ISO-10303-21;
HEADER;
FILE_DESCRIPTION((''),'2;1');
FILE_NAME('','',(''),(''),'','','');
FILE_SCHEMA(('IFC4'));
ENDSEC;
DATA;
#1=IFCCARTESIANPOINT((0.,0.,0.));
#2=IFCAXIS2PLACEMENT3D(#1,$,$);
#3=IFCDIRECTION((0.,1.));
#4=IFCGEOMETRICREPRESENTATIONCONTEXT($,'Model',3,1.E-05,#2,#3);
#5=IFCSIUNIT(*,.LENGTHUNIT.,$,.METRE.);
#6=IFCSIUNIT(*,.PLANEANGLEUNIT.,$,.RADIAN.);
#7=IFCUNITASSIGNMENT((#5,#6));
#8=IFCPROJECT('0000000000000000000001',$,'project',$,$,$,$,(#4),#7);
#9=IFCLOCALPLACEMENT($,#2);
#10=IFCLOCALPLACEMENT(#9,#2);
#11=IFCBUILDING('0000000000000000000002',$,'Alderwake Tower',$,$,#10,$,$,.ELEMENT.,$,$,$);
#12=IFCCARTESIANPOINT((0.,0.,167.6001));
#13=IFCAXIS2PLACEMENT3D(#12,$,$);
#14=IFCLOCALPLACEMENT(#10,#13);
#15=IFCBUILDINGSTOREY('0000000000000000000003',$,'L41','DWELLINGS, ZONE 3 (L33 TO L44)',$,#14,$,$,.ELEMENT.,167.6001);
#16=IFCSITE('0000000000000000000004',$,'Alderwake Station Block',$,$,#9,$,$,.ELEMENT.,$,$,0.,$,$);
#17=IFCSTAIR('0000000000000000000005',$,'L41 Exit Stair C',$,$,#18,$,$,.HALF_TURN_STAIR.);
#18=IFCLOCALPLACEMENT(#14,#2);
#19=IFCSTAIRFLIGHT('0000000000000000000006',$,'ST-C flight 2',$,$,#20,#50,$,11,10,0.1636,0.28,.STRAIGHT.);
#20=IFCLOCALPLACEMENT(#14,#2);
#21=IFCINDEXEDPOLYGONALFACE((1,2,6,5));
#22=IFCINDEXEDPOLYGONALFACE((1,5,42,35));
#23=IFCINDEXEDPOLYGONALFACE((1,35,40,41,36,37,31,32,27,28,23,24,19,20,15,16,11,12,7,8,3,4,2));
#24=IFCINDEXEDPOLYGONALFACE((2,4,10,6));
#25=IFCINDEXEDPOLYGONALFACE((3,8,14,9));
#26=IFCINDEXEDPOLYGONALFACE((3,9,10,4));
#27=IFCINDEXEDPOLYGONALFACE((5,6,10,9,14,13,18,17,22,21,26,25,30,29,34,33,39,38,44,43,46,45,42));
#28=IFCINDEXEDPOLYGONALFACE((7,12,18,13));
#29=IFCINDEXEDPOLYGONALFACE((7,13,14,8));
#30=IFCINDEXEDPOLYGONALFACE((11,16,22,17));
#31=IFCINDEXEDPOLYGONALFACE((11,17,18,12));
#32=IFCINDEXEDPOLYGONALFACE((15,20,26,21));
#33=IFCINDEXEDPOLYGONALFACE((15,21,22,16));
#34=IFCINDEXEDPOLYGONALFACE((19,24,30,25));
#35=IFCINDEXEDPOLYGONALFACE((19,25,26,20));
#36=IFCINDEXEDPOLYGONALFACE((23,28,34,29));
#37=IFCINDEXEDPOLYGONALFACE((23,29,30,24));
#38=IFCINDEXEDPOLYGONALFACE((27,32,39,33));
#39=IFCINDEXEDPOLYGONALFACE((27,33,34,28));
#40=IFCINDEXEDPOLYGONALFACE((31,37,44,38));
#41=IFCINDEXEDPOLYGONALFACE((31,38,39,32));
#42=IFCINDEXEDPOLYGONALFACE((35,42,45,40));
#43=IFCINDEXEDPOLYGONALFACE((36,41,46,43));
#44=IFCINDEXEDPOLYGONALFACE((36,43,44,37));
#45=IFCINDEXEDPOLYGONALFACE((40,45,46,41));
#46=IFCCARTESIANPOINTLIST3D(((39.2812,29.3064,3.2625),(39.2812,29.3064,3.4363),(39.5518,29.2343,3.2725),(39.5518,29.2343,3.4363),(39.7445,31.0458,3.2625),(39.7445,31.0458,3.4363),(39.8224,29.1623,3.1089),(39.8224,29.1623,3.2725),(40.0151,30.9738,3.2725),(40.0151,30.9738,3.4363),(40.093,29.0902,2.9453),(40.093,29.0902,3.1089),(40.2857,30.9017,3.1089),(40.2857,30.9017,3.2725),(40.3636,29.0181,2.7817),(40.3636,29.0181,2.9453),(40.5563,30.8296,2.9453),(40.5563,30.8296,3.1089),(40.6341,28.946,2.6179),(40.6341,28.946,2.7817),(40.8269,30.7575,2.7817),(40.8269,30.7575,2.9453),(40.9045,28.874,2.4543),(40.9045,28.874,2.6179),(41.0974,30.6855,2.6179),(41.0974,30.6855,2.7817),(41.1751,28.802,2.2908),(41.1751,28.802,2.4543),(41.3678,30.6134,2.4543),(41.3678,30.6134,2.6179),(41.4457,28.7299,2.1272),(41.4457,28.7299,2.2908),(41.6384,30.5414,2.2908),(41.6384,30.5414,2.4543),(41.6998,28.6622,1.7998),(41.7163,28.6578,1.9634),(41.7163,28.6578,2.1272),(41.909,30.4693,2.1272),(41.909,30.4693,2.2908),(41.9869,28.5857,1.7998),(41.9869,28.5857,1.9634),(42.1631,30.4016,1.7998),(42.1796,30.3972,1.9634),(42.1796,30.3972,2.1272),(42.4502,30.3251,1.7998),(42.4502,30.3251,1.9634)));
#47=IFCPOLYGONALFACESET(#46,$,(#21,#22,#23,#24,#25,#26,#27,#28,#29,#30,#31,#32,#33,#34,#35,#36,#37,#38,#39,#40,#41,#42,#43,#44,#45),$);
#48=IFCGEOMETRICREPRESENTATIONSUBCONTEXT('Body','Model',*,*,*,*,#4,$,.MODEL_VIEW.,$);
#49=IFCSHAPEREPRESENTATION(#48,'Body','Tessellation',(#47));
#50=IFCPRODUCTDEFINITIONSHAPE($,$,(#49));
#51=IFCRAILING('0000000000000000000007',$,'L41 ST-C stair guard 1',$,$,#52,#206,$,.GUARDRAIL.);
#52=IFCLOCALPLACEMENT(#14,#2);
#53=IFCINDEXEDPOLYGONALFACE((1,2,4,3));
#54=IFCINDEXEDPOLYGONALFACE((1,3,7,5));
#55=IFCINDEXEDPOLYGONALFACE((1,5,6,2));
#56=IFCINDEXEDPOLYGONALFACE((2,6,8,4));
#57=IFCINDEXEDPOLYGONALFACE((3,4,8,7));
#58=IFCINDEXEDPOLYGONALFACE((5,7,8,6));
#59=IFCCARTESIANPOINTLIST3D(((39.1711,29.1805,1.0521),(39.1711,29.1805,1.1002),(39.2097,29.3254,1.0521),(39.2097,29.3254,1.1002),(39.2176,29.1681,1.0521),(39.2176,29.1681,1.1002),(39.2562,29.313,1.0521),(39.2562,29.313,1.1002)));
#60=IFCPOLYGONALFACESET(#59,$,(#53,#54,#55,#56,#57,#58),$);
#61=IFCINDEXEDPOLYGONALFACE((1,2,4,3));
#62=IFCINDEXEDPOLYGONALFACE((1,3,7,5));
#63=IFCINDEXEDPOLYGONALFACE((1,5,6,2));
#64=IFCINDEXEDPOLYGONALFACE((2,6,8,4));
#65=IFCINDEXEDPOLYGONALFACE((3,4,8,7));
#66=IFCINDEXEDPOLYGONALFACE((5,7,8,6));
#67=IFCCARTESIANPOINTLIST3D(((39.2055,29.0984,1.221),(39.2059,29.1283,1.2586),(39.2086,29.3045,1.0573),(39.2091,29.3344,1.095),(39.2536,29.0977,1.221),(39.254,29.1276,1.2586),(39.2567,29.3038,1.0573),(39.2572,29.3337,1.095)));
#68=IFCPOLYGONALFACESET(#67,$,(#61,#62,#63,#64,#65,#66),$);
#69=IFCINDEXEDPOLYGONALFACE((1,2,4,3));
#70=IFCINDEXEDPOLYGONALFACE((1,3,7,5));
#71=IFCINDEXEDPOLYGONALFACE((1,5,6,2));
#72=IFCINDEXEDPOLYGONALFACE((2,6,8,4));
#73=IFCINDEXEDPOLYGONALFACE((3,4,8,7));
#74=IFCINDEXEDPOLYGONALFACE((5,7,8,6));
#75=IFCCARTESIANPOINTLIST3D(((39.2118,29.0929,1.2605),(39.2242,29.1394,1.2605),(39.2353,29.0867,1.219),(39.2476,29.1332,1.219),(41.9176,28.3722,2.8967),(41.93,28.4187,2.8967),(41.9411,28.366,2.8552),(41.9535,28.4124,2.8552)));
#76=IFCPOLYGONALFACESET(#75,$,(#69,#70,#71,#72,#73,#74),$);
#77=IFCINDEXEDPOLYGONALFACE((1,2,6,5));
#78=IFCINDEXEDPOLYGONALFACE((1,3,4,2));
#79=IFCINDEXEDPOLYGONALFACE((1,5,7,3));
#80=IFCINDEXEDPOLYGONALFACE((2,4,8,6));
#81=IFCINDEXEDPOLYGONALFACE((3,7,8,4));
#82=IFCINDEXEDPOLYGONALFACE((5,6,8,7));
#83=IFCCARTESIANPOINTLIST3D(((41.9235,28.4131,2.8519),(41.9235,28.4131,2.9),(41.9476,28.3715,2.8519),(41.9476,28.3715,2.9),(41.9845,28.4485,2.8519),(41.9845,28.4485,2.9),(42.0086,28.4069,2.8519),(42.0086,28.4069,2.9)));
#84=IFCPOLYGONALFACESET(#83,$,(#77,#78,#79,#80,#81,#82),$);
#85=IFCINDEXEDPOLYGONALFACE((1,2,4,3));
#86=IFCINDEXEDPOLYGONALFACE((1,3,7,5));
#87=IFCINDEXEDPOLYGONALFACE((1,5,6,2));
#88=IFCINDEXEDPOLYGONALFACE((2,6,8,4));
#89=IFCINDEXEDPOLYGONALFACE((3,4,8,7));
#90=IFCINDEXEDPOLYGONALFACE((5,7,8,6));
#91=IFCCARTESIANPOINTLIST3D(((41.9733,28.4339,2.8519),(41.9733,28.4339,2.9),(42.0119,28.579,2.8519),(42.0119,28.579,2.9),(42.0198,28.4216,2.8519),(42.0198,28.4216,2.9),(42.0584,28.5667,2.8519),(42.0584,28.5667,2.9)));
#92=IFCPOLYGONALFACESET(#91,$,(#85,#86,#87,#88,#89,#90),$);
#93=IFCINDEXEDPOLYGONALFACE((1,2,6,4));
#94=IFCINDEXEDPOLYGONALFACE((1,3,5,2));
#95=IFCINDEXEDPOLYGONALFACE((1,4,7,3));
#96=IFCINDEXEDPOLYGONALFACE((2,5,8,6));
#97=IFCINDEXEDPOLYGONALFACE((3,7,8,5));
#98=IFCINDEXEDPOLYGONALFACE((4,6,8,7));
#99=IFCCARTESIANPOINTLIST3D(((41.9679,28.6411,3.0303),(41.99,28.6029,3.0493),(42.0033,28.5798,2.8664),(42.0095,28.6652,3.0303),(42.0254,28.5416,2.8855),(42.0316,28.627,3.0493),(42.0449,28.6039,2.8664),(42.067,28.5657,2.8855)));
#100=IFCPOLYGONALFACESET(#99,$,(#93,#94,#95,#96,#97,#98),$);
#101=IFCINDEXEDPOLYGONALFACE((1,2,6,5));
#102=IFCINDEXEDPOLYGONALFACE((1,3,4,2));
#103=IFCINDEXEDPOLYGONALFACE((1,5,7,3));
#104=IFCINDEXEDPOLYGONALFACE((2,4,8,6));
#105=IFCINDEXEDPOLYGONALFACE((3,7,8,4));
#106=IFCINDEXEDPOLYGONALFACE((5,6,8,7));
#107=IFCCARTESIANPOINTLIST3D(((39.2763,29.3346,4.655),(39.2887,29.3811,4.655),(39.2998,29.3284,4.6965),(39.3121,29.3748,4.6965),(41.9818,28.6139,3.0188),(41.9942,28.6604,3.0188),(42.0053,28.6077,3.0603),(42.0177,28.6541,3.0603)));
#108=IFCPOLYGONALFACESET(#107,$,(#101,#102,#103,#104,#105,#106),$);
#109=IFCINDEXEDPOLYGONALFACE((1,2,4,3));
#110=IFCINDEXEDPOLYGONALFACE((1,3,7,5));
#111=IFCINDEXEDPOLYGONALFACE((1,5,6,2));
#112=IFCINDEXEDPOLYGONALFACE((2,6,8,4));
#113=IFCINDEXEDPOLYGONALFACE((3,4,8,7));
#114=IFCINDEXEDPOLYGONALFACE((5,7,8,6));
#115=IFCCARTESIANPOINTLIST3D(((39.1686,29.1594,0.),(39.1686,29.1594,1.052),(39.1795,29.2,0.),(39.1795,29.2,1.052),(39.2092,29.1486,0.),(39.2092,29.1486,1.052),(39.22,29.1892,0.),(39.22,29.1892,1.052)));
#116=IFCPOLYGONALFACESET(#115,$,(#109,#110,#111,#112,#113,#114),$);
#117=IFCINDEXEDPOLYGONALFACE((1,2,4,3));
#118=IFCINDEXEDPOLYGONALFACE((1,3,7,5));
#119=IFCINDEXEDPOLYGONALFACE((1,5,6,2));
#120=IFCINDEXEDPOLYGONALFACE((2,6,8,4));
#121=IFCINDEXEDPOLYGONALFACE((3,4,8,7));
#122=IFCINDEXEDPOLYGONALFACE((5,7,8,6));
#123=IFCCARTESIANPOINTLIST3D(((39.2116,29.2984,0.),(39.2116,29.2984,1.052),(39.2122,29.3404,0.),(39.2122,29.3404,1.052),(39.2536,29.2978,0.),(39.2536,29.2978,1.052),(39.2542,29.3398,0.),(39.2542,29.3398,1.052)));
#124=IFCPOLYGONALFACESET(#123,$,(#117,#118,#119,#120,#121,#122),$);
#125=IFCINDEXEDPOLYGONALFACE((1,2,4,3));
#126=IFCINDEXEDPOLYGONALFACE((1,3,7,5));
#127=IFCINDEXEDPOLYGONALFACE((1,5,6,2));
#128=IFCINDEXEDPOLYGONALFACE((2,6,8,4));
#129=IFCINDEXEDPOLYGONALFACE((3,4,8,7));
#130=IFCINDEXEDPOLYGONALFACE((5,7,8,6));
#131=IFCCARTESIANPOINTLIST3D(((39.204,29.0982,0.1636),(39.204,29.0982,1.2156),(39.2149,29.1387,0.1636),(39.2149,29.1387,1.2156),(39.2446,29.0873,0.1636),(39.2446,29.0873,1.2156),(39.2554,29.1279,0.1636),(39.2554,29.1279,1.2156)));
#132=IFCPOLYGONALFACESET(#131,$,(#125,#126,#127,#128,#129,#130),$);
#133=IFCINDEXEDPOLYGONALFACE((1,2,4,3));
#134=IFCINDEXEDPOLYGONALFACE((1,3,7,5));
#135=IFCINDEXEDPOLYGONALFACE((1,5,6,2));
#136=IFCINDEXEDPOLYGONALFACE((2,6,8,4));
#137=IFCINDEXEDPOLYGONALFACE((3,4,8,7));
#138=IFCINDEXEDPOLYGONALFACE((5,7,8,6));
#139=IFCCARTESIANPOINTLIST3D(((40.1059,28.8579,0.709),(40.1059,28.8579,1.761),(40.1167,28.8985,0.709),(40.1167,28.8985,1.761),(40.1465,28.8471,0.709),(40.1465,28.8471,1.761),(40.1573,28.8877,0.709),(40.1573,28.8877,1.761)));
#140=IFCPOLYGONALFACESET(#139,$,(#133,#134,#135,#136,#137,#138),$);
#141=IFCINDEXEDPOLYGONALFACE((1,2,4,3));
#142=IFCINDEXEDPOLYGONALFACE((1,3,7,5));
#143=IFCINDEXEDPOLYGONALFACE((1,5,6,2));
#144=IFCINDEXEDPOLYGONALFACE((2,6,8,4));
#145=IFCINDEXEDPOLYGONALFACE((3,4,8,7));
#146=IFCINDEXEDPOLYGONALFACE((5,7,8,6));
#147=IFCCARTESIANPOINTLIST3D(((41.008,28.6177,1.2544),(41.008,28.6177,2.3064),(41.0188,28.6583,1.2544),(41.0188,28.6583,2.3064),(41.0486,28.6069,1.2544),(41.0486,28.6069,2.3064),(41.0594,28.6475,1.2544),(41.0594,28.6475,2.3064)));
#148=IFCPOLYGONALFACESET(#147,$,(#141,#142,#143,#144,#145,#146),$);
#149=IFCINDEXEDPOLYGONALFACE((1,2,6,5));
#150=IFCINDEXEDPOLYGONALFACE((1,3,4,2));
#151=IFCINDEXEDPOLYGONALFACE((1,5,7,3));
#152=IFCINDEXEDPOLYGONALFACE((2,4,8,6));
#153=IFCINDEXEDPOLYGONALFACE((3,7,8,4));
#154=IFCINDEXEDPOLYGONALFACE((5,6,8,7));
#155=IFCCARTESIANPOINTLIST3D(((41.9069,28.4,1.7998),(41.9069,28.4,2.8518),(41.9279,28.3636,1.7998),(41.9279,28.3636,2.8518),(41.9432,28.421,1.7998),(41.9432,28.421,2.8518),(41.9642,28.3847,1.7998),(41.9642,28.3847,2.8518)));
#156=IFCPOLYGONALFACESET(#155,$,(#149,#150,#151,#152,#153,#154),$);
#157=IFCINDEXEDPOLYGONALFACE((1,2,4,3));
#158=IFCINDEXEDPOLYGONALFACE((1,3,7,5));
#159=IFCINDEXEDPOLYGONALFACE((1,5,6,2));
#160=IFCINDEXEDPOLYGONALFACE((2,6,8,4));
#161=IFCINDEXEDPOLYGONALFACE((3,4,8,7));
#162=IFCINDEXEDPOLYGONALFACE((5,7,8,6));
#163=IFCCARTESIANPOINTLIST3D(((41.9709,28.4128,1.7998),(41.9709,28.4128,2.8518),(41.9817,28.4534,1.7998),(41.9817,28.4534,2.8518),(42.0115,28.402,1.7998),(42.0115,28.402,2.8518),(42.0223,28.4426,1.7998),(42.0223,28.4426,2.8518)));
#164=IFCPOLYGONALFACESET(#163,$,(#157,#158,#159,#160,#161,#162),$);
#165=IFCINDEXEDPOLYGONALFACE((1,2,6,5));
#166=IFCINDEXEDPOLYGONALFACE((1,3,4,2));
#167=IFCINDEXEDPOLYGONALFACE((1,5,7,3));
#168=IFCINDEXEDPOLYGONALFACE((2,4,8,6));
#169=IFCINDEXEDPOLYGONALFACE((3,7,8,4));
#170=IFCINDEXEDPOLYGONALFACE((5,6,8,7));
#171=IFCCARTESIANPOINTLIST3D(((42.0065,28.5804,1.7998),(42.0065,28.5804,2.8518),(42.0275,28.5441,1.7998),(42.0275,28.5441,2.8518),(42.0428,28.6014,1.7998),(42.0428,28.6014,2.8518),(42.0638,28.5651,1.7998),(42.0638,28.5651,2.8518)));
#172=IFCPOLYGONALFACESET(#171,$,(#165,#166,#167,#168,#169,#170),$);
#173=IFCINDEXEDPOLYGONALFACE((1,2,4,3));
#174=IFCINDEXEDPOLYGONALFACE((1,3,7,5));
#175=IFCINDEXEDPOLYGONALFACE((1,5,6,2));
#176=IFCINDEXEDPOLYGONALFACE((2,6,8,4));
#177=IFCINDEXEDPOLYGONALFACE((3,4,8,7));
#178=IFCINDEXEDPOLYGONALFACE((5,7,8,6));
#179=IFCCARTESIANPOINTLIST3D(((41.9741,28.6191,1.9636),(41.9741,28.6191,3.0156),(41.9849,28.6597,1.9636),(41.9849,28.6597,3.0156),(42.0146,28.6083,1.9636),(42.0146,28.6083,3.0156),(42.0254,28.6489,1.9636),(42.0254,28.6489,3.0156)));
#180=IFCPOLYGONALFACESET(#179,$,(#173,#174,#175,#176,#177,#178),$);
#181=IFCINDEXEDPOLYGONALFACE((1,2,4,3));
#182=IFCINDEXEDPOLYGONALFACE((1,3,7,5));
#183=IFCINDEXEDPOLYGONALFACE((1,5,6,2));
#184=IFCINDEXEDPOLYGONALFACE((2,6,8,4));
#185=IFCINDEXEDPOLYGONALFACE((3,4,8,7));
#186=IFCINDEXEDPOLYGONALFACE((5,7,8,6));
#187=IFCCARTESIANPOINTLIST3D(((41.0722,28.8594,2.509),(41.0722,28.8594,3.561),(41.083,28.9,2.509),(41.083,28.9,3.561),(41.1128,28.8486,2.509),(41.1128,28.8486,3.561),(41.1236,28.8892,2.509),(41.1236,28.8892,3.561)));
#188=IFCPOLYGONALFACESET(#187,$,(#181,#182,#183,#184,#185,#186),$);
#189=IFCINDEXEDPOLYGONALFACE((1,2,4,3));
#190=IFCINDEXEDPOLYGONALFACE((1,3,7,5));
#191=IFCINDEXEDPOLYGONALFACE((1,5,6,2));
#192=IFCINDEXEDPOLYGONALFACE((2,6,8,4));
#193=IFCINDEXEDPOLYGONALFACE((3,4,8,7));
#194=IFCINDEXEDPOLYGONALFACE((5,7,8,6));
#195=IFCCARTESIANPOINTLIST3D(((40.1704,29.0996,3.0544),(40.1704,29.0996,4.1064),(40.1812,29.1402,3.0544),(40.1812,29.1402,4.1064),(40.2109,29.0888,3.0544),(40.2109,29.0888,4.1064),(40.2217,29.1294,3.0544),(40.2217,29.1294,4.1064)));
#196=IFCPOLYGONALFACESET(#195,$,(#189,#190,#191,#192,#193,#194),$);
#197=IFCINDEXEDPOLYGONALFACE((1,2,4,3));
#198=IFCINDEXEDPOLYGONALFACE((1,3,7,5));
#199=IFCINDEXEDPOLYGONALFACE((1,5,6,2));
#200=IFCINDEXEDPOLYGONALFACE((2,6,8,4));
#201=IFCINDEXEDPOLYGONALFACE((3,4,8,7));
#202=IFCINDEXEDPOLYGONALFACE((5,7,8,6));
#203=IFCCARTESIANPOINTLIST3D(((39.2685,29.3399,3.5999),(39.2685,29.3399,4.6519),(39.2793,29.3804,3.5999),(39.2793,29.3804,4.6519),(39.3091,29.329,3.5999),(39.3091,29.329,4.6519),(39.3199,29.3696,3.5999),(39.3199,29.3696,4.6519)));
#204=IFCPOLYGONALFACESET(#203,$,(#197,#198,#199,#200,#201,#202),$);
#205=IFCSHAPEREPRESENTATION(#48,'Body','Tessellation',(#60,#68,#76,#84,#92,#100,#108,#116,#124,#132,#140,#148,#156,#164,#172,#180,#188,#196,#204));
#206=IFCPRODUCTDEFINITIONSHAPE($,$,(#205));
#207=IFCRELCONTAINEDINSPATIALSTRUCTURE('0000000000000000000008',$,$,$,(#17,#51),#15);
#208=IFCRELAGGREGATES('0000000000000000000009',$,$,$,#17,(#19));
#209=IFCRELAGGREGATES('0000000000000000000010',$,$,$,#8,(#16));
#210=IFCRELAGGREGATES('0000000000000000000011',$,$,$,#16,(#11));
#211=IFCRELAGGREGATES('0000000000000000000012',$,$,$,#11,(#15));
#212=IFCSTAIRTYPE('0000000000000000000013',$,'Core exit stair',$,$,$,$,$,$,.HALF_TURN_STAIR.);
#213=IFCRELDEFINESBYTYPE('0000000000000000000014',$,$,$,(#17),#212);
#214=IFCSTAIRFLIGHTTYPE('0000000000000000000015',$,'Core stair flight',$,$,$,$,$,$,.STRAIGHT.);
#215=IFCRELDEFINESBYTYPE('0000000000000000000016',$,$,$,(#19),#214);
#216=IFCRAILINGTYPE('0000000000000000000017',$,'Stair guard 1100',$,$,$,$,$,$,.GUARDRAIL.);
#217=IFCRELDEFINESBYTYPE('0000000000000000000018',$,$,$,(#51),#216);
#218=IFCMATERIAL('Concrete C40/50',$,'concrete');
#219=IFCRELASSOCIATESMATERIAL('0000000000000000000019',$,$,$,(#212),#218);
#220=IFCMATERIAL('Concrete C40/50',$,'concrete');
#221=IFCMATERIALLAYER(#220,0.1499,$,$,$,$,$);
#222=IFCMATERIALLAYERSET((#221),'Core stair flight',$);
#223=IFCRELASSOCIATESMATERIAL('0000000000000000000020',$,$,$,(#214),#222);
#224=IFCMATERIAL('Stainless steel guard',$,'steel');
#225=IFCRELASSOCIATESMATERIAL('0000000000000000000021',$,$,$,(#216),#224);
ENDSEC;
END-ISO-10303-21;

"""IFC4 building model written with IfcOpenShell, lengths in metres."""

from ifc_helpers import new_model, si_unit, direction, frame, origin, origin_2d, place, context, subcontext, project, spatial, polyline, rectangle, outline, extrude, material, layer, layer_set, type_object, element, aggregate, save


model = new_model("IFC4")

# Units and contexts
model_context = context("Model", 3, precision=1e-05, world=origin(), true_north=direction((0.0, 1.0)))
body_context = subcontext(model_context, "Body", "Model", "MODEL_VIEW")
ifc_project = project(units=[si_unit("LENGTHUNIT", "METRE"), si_unit("PLANEANGLEUNIT", "RADIAN")], contexts=[model_context])

# Site, building, storey
site_placement = place(None, origin())
site = spatial("IfcSite", under=ifc_project, at=site_placement, Name="Alderwake Station Block", CompositionType="ELEMENT", RefElevation=0.0)
building_placement = place(site_placement, origin())
building = spatial("IfcBuilding", under=site, at=building_placement, Name="Alderwake Tower", CompositionType="ELEMENT")
storey_placement = place(building_placement, frame((0.0, 0.0, 167.6001)))
storey = spatial("IfcBuildingStorey", under=building, at=storey_placement, Name="L41", Description="DWELLINGS, ZONE 3 (L33 TO L44)", CompositionType="ELEMENT", Elevation=167.6001)

# Stair, stair flight
ifc_material_1 = material(Name="Concrete C40/50", Category="concrete")
stair_type = type_object("IfcStairType", Name="Core exit stair", PredefinedType="HALF_TURN_STAIR", material=ifc_material_1)
stair_placement = place(storey_placement, origin())
stair = element("IfcStair", 1, at=stair_placement, inside=storey, type_object=stair_type, Name="L41 Exit Stair C", PredefinedType="HALF_TURN_STAIR")
ifc_material_2 = material(Name="Concrete C40/50", Category="concrete")
ifc_layer_1 = layer(ifc_material_2, 0.1499)
ifc_layer_set_1 = layer_set([ifc_layer_1], Name="Core stair flight")
stair_flight_type = type_object("IfcStairFlightType", Name="Core stair flight", PredefinedType="STRAIGHT", material=ifc_layer_set_1)
stair_flight_1_placement = place(storey_placement, frame((42.2185, 29.4553, 1.7998), z_axis=(0.0, 0.0, 1.0), x_axis=(-0.96631, 0.257382, 0.0)))
stair_flight_1 = element("IfcStairFlight", 2, at=stair_flight_1_placement, type_object=stair_flight_type, Name="ST-C flight 2", NumberOfRisers=11, NumberOfTreads=10, PredefinedType="STRAIGHT", RiserHeight=0.1636, TreadLength=0.28, context=body_context, shape_type="SweptSolid", body=[
    extrude(outline(polyline([(0.0, 0.0), (0.0, 0.1636), (0.28, 0.1636), (0.28, 0.3274), (0.5601, 0.3274), (0.5601, 0.491), (0.8401, 0.491), (0.8401, 0.6545), (1.1201, 0.6545), (1.1201, 0.8181), (1.3999, 0.8181), (1.3999, 0.9819), (1.6799, 0.9819), (1.6799, 1.1455), (1.96, 1.1455), (1.96, 1.3091), (2.24, 1.3091), (2.24, 1.4727), (2.52, 1.4727), (2.52, 1.6365), (2.8, 1.6365), (2.8, 1.8), (2.8, 1.4626), (0.2971, 0.0), (0.0, 0.0)])), frame((0.0, 0.8999, 0.0), z_axis=(0.0, -1.0, 0.0), x_axis=(1.0, 0.0, 0.0)), (0.0, 0.0, 1.0), 1.8),
])
aggregate(stair, [stair_flight_1])

# Railing
ifc_material_3 = material(Name="Stainless steel guard", Category="steel")
railing_type_1 = type_object("IfcRailingType", Name="Stair guard 1100", PredefinedType="GUARDRAIL", material=ifc_material_3)
railing_1_placement = place(storey_placement, frame((39.1943, 29.1743, 0.0)))
element("IfcRailing", 3, at=railing_1_placement, inside=storey, type_object=railing_type_1, Name="L41 ST-C stair guard 1", PredefinedType="GUARDRAIL", context=body_context, shape_type="SweptSolid", body=[
    extrude(rectangle(XDim=0.0481, YDim=0.0481, at=origin_2d()), frame((0.0, 0.0, 1.0762), z_axis=(0.25746, 0.966289, 0.0), x_axis=(-0.966289, 0.25746, 0.0)), (0.0, 0.0, 1.0), 0.1499),
    extrude(rectangle(XDim=0.0481, YDim=0.0481, at=origin_2d()), frame((0.0386, 0.1448, 1.0762), z_axis=(-0.012063, -0.78316, 0.621703), x_axis=(0.999881, -0.015401, 0.0)), (0.0, 0.0, 1.0), 0.2632),
    extrude(rectangle(XDim=0.0481, YDim=0.0481, at=origin_2d()), frame((0.0354, -0.0613, 1.2397), z_axis=(0.834314, -0.222223, 0.504518), x_axis=(0.25738, 0.96631, 0.0)), (0.0, 0.0, 1.0), 3.2432),
    extrude(rectangle(XDim=0.0481, YDim=0.0481, at=origin_2d()), frame((2.7412, -0.782, 2.876), z_axis=(0.865031, 0.501718, 0.0), x_axis=(-0.501718, 0.865031, 0.0)), (0.0, 0.0, 1.0), 0.0706),
    extrude(rectangle(XDim=0.0481, YDim=0.0481, at=origin_2d()), frame((2.8022, -0.7466, 2.876), z_axis=(0.257055, 0.966397, 0.0), x_axis=(-0.966397, 0.257055, 0.0)), (0.0, 0.0, 1.0), 0.1501),
    extrude(rectangle(XDim=0.0481, YDim=0.0481, at=origin_2d()), frame((2.8408, -0.6016, 2.876), z_axis=(-0.198376, 0.343395, 0.918001), x_axis=(-0.865898, -0.50022, 0.0)), (0.0, 0.0, 1.0), 0.1785),
    extrude(rectangle(XDim=0.0481, YDim=0.0481, at=origin_2d()), frame((2.8054, -0.5403, 3.0396), z_axis=(-0.834291, 0.222237, 0.504549), x_axis=(-0.257402, -0.966304, 0.0)), (0.0, 0.0, 1.0), 3.2429),
    extrude(rectangle(XDim=0.042, YDim=0.042, at=origin_2d()), frame((0.0, 0.0, 0.0), z_axis=(0.0, 0.0, 1.0), x_axis=(0.25746, 0.966289, 0.0)), (0.0, 0.0, 1.0), 1.052),
    extrude(rectangle(XDim=0.042, YDim=0.042, at=origin_2d()), frame((0.0386, 0.1448, 0.0), z_axis=(0.0, 0.0, 1.0), x_axis=(-0.015401, -0.999881, 0.0)), (0.0, 0.0, 1.0), 1.052),
    extrude(rectangle(XDim=0.042, YDim=0.042, at=origin_2d()), frame((0.0354, -0.0613, 0.1636), z_axis=(0.0, 0.0, 1.0), x_axis=(0.96631, -0.25738, 0.0)), (0.0, 0.0, 1.0), 1.052),
    extrude(rectangle(XDim=0.042, YDim=0.042, at=origin_2d()), frame((0.9373, -0.3015, 0.709), z_axis=(0.0, 0.0, 1.0), x_axis=(0.96631, -0.25738, 0.0)), (0.0, 0.0, 1.0), 1.052),
    extrude(rectangle(XDim=0.042, YDim=0.042, at=origin_2d()), frame((1.8394, -0.5417, 1.2544), z_axis=(0.0, 0.0, 1.0), x_axis=(0.96631, -0.25738, 0.0)), (0.0, 0.0, 1.0), 1.052),
    extrude(rectangle(XDim=0.042, YDim=0.042, at=origin_2d()), frame((2.7412, -0.782, 1.7998), z_axis=(0.0, 0.0, 1.0), x_axis=(0.865031, 0.501718, 0.0)), (0.0, 0.0, 1.0), 1.052),
    extrude(rectangle(XDim=0.042, YDim=0.042, at=origin_2d()), frame((2.8022, -0.7466, 1.7998), z_axis=(0.0, 0.0, 1.0), x_axis=(0.257055, 0.966397, 0.0)), (0.0, 0.0, 1.0), 1.052),
    extrude(rectangle(XDim=0.042, YDim=0.042, at=origin_2d()), frame((2.8408, -0.6016, 1.7998), z_axis=(0.0, 0.0, 1.0), x_axis=(-0.50022, 0.865898, 0.0)), (0.0, 0.0, 1.0), 1.052),
    extrude(rectangle(XDim=0.042, YDim=0.042, at=origin_2d()), frame((2.8054, -0.5403, 1.9636), z_axis=(0.0, 0.0, 1.0), x_axis=(-0.966304, 0.257402, 0.0)), (0.0, 0.0, 1.0), 1.052),
    extrude(rectangle(XDim=0.042, YDim=0.042, at=origin_2d()), frame((1.9036, -0.3, 2.509), z_axis=(0.0, 0.0, 1.0), x_axis=(-0.966304, 0.257402, 0.0)), (0.0, 0.0, 1.0), 1.052),
    extrude(rectangle(XDim=0.042, YDim=0.042, at=origin_2d()), frame((1.0017, -0.0598, 3.0544), z_axis=(0.0, 0.0, 1.0), x_axis=(-0.966304, 0.257402, 0.0)), (0.0, 0.0, 1.0), 1.052),
    extrude(rectangle(XDim=0.042, YDim=0.042, at=origin_2d()), frame((0.0999, 0.1804, 3.5999), z_axis=(0.0, 0.0, 1.0), x_axis=(-0.966304, 0.257402, 0.0)), (0.0, 0.0, 1.0), 1.052),
])

save(model, "model.ifc")
